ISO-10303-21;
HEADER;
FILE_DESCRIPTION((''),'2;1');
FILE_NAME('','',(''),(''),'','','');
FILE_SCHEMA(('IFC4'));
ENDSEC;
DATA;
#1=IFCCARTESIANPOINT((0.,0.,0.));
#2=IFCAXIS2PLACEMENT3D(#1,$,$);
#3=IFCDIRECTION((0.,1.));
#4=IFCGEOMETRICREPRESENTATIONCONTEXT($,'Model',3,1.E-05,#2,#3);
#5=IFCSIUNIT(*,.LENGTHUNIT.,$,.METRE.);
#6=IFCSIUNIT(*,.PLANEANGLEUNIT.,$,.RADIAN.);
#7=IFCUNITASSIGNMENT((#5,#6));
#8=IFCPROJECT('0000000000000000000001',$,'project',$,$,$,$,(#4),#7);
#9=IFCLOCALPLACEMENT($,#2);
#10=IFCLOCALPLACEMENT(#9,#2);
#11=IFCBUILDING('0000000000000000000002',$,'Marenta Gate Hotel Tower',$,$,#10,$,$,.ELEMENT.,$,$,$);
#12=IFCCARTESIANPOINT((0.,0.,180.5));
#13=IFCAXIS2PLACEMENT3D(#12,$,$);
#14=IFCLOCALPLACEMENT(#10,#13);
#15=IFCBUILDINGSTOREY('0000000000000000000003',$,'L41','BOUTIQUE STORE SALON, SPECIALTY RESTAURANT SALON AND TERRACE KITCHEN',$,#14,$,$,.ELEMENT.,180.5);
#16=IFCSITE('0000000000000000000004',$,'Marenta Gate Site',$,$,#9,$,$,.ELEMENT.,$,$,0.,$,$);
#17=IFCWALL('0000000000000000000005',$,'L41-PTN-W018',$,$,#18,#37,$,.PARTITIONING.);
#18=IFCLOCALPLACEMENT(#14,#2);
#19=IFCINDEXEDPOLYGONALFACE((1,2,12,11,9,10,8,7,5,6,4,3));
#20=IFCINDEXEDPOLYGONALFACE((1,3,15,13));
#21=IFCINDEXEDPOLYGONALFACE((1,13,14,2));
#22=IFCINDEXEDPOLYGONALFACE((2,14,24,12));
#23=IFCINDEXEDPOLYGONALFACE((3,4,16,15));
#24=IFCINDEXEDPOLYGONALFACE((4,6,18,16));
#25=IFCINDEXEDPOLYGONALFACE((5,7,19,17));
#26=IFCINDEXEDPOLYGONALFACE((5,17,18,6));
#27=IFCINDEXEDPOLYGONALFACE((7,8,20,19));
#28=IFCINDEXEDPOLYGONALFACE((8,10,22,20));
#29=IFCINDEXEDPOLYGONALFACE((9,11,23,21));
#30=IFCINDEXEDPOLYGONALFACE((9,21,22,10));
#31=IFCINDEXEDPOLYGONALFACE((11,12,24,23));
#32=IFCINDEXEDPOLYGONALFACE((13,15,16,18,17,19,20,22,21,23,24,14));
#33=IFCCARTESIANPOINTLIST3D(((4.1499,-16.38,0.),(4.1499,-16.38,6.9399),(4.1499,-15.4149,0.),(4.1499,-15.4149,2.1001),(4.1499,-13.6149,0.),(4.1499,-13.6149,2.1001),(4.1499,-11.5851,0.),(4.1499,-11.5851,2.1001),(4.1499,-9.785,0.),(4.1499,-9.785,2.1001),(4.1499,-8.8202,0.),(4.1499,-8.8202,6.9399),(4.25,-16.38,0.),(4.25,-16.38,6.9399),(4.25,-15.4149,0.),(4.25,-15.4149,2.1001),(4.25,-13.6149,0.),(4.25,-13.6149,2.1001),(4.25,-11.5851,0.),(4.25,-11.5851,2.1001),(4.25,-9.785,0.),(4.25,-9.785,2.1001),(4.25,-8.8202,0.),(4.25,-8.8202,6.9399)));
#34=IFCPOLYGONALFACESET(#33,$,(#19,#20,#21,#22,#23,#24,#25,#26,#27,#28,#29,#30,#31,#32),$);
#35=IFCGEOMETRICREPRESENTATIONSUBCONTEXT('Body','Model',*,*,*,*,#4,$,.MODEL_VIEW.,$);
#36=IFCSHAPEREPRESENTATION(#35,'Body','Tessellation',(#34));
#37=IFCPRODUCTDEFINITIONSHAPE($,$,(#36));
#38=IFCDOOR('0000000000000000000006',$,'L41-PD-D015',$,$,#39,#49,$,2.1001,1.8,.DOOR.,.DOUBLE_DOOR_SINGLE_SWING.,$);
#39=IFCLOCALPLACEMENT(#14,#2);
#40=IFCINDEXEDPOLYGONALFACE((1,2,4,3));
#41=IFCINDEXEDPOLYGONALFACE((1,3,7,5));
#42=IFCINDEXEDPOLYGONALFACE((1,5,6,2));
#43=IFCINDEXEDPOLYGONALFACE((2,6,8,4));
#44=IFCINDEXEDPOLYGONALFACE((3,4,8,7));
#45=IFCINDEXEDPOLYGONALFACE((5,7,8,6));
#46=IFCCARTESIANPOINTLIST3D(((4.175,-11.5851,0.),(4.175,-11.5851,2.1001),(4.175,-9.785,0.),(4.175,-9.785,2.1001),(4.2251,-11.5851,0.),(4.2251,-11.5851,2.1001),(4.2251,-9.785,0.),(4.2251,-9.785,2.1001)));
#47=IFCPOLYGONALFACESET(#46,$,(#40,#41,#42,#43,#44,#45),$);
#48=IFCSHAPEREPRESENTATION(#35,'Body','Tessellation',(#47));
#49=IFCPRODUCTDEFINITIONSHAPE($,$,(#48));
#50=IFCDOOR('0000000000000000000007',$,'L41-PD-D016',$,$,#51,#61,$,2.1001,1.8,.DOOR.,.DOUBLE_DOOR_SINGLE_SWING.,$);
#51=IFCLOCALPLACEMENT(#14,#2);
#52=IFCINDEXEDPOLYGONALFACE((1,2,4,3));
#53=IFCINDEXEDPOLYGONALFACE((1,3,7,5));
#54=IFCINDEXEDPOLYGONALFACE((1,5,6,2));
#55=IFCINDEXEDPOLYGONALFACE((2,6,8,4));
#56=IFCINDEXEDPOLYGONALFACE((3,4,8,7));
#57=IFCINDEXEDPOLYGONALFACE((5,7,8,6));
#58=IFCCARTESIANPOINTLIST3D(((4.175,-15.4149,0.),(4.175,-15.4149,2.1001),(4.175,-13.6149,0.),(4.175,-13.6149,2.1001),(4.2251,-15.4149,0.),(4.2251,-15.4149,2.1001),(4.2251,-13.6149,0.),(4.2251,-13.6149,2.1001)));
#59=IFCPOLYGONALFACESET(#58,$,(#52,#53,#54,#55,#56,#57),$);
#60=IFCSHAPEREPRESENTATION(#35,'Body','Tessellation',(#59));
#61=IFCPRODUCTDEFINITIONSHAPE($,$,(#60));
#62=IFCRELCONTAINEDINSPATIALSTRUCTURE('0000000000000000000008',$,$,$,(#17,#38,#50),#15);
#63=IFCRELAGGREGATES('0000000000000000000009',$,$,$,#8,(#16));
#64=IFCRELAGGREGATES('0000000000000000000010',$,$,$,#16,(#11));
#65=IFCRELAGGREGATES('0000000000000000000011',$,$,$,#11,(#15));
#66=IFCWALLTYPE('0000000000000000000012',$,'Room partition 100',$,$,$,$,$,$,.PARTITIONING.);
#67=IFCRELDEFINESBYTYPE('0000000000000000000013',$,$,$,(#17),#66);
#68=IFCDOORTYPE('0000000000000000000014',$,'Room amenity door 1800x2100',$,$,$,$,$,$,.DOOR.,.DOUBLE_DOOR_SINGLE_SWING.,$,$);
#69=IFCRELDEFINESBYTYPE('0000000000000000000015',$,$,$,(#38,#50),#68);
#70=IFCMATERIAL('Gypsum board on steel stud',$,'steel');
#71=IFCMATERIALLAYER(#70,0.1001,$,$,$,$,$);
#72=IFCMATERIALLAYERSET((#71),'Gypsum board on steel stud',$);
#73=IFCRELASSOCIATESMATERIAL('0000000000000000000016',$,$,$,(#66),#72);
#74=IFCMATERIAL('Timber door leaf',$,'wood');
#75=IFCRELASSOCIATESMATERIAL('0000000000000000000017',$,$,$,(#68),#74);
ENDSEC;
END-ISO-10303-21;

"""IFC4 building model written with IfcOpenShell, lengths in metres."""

from ifc_helpers import new_model, si_unit, direction, frame, frame_2d, origin, place, context, subcontext, project, spatial, rectangle, extrude, material, layer, layer_set, type_object, element, fill, save


model = new_model("IFC4")

# Units and contexts
model_context = context("Model", 3, precision=1e-05, world=origin(), true_north=direction((0.0, 1.0)))
body_context = subcontext(model_context, "Body", "Model", "MODEL_VIEW")
ifc_project = project(units=[si_unit("LENGTHUNIT", "METRE"), si_unit("PLANEANGLEUNIT", "RADIAN")], contexts=[model_context])

# Site, building, storey
site_placement = place(None, origin())
site = spatial("IfcSite", under=ifc_project, at=site_placement, Name="Marenta Gate Site", CompositionType="ELEMENT", RefElevation=0.0)
building_placement = place(site_placement, origin())
building = spatial("IfcBuilding", under=site, at=building_placement, Name="Marenta Gate Hotel Tower", CompositionType="ELEMENT")
storey_placement = place(building_placement, frame((0.0, 0.0, 180.5)))
storey = spatial("IfcBuildingStorey", under=building, at=storey_placement, Name="L41", Description="BOUTIQUE STORE SALON, SPECIALTY RESTAURANT SALON AND TERRACE KITCHEN", CompositionType="ELEMENT", Elevation=180.5)

# Shared definitions
ifc_material_1 = material(Name="Gypsum board on steel stud", Category="steel")
ifc_layer_1 = layer(ifc_material_1, 0.1001)
ifc_layer_set_1 = layer_set([ifc_layer_1], Name="Gypsum board on steel stud")
wall_type_1 = type_object("IfcWallType", Name="Room partition 100", PredefinedType="PARTITIONING", material=ifc_layer_set_1)

# Wall, openings, doors
wall_1_placement = place(storey_placement, frame((4.2, -16.3799, 0.0), z_axis=(0.0, 0.0, 1.0), x_axis=(0.0, 1.0, 0.0)))
wall_1 = element("IfcWall", 1, at=wall_1_placement, inside=storey, type_object=wall_type_1, Name="L41-PTN-W018", PredefinedType="PARTITIONING", context=body_context, shape_type="SweptSolid", body=[
    extrude(rectangle(XDim=7.5598, YDim=0.1001, at=frame_2d((3.7798, 0.0))), origin(), (0.0, 0.0, 1.0), 6.9399),
])
opening_1_placement = place(wall_1_placement, frame((4.7949, 0.0, 0.0)))
opening_1 = element("IfcOpeningElement", 2, at=opening_1_placement, cuts=wall_1, PredefinedType="OPENING", context=body_context, shape_type="SweptSolid", body=[
    extrude(rectangle(XDim=1.8, YDim=2.1001, at=frame_2d((0.8999, 1.05))), frame((0.0, 0.05, 0.0), z_axis=(0.0, -1.0, 0.0), x_axis=(1.0, 0.0, 0.0)), (0.0, 0.0, 1.0), 0.1001),
])
opening_2_placement = place(wall_1_placement, frame((0.9651, 0.0, 0.0)))
opening_2 = element("IfcOpeningElement", 3, at=opening_2_placement, cuts=wall_1, PredefinedType="OPENING", context=body_context, shape_type="SweptSolid", body=[
    extrude(rectangle(XDim=1.8, YDim=2.1001, at=frame_2d((0.8999, 1.05))), frame((0.0, 0.05, 0.0), z_axis=(0.0, -1.0, 0.0), x_axis=(1.0, 0.0, 0.0)), (0.0, 0.0, 1.0), 0.1001),
])
ifc_material_2 = material(Name="Timber door leaf", Category="wood")
door_type_1 = type_object("IfcDoorType", Name="Room amenity door 1800x2100", OperationType="DOUBLE_DOOR_SINGLE_SWING", PredefinedType="DOOR", material=ifc_material_2)
door_1_placement = place(opening_1_placement, origin())
door_1 = element("IfcDoor", 4, at=door_1_placement, inside=storey, type_object=door_type_1, Name="L41-PD-D015", OperationType="DOUBLE_DOOR_SINGLE_SWING", OverallHeight=2.1001, OverallWidth=1.8, PredefinedType="DOOR", context=body_context, shape_type="SweptSolid", body=[
    extrude(rectangle(XDim=1.8, YDim=2.1001, at=frame_2d((0.8999, 1.05))), frame((0.0, 0.0249, 0.0), z_axis=(0.0, -1.0, 0.0), x_axis=(1.0, 0.0, 0.0)), (0.0, 0.0, 1.0), 0.05),
])
fill(opening_1, door_1)
door_2_placement = place(opening_2_placement, origin())
door_2 = element("IfcDoor", 5, at=door_2_placement, inside=storey, type_object=door_type_1, Name="L41-PD-D016", OperationType="DOUBLE_DOOR_SINGLE_SWING", OverallHeight=2.1001, OverallWidth=1.8, PredefinedType="DOOR", context=body_context, shape_type="SweptSolid", body=[
    extrude(rectangle(XDim=1.8, YDim=2.1001, at=frame_2d((0.8999, 1.05))), frame((0.0, 0.0249, 0.0), z_axis=(0.0, -1.0, 0.0), x_axis=(1.0, 0.0, 0.0)), (0.0, 0.0, 1.0), 0.05),
])
fill(opening_2, door_2)

save(model, "model.ifc")
